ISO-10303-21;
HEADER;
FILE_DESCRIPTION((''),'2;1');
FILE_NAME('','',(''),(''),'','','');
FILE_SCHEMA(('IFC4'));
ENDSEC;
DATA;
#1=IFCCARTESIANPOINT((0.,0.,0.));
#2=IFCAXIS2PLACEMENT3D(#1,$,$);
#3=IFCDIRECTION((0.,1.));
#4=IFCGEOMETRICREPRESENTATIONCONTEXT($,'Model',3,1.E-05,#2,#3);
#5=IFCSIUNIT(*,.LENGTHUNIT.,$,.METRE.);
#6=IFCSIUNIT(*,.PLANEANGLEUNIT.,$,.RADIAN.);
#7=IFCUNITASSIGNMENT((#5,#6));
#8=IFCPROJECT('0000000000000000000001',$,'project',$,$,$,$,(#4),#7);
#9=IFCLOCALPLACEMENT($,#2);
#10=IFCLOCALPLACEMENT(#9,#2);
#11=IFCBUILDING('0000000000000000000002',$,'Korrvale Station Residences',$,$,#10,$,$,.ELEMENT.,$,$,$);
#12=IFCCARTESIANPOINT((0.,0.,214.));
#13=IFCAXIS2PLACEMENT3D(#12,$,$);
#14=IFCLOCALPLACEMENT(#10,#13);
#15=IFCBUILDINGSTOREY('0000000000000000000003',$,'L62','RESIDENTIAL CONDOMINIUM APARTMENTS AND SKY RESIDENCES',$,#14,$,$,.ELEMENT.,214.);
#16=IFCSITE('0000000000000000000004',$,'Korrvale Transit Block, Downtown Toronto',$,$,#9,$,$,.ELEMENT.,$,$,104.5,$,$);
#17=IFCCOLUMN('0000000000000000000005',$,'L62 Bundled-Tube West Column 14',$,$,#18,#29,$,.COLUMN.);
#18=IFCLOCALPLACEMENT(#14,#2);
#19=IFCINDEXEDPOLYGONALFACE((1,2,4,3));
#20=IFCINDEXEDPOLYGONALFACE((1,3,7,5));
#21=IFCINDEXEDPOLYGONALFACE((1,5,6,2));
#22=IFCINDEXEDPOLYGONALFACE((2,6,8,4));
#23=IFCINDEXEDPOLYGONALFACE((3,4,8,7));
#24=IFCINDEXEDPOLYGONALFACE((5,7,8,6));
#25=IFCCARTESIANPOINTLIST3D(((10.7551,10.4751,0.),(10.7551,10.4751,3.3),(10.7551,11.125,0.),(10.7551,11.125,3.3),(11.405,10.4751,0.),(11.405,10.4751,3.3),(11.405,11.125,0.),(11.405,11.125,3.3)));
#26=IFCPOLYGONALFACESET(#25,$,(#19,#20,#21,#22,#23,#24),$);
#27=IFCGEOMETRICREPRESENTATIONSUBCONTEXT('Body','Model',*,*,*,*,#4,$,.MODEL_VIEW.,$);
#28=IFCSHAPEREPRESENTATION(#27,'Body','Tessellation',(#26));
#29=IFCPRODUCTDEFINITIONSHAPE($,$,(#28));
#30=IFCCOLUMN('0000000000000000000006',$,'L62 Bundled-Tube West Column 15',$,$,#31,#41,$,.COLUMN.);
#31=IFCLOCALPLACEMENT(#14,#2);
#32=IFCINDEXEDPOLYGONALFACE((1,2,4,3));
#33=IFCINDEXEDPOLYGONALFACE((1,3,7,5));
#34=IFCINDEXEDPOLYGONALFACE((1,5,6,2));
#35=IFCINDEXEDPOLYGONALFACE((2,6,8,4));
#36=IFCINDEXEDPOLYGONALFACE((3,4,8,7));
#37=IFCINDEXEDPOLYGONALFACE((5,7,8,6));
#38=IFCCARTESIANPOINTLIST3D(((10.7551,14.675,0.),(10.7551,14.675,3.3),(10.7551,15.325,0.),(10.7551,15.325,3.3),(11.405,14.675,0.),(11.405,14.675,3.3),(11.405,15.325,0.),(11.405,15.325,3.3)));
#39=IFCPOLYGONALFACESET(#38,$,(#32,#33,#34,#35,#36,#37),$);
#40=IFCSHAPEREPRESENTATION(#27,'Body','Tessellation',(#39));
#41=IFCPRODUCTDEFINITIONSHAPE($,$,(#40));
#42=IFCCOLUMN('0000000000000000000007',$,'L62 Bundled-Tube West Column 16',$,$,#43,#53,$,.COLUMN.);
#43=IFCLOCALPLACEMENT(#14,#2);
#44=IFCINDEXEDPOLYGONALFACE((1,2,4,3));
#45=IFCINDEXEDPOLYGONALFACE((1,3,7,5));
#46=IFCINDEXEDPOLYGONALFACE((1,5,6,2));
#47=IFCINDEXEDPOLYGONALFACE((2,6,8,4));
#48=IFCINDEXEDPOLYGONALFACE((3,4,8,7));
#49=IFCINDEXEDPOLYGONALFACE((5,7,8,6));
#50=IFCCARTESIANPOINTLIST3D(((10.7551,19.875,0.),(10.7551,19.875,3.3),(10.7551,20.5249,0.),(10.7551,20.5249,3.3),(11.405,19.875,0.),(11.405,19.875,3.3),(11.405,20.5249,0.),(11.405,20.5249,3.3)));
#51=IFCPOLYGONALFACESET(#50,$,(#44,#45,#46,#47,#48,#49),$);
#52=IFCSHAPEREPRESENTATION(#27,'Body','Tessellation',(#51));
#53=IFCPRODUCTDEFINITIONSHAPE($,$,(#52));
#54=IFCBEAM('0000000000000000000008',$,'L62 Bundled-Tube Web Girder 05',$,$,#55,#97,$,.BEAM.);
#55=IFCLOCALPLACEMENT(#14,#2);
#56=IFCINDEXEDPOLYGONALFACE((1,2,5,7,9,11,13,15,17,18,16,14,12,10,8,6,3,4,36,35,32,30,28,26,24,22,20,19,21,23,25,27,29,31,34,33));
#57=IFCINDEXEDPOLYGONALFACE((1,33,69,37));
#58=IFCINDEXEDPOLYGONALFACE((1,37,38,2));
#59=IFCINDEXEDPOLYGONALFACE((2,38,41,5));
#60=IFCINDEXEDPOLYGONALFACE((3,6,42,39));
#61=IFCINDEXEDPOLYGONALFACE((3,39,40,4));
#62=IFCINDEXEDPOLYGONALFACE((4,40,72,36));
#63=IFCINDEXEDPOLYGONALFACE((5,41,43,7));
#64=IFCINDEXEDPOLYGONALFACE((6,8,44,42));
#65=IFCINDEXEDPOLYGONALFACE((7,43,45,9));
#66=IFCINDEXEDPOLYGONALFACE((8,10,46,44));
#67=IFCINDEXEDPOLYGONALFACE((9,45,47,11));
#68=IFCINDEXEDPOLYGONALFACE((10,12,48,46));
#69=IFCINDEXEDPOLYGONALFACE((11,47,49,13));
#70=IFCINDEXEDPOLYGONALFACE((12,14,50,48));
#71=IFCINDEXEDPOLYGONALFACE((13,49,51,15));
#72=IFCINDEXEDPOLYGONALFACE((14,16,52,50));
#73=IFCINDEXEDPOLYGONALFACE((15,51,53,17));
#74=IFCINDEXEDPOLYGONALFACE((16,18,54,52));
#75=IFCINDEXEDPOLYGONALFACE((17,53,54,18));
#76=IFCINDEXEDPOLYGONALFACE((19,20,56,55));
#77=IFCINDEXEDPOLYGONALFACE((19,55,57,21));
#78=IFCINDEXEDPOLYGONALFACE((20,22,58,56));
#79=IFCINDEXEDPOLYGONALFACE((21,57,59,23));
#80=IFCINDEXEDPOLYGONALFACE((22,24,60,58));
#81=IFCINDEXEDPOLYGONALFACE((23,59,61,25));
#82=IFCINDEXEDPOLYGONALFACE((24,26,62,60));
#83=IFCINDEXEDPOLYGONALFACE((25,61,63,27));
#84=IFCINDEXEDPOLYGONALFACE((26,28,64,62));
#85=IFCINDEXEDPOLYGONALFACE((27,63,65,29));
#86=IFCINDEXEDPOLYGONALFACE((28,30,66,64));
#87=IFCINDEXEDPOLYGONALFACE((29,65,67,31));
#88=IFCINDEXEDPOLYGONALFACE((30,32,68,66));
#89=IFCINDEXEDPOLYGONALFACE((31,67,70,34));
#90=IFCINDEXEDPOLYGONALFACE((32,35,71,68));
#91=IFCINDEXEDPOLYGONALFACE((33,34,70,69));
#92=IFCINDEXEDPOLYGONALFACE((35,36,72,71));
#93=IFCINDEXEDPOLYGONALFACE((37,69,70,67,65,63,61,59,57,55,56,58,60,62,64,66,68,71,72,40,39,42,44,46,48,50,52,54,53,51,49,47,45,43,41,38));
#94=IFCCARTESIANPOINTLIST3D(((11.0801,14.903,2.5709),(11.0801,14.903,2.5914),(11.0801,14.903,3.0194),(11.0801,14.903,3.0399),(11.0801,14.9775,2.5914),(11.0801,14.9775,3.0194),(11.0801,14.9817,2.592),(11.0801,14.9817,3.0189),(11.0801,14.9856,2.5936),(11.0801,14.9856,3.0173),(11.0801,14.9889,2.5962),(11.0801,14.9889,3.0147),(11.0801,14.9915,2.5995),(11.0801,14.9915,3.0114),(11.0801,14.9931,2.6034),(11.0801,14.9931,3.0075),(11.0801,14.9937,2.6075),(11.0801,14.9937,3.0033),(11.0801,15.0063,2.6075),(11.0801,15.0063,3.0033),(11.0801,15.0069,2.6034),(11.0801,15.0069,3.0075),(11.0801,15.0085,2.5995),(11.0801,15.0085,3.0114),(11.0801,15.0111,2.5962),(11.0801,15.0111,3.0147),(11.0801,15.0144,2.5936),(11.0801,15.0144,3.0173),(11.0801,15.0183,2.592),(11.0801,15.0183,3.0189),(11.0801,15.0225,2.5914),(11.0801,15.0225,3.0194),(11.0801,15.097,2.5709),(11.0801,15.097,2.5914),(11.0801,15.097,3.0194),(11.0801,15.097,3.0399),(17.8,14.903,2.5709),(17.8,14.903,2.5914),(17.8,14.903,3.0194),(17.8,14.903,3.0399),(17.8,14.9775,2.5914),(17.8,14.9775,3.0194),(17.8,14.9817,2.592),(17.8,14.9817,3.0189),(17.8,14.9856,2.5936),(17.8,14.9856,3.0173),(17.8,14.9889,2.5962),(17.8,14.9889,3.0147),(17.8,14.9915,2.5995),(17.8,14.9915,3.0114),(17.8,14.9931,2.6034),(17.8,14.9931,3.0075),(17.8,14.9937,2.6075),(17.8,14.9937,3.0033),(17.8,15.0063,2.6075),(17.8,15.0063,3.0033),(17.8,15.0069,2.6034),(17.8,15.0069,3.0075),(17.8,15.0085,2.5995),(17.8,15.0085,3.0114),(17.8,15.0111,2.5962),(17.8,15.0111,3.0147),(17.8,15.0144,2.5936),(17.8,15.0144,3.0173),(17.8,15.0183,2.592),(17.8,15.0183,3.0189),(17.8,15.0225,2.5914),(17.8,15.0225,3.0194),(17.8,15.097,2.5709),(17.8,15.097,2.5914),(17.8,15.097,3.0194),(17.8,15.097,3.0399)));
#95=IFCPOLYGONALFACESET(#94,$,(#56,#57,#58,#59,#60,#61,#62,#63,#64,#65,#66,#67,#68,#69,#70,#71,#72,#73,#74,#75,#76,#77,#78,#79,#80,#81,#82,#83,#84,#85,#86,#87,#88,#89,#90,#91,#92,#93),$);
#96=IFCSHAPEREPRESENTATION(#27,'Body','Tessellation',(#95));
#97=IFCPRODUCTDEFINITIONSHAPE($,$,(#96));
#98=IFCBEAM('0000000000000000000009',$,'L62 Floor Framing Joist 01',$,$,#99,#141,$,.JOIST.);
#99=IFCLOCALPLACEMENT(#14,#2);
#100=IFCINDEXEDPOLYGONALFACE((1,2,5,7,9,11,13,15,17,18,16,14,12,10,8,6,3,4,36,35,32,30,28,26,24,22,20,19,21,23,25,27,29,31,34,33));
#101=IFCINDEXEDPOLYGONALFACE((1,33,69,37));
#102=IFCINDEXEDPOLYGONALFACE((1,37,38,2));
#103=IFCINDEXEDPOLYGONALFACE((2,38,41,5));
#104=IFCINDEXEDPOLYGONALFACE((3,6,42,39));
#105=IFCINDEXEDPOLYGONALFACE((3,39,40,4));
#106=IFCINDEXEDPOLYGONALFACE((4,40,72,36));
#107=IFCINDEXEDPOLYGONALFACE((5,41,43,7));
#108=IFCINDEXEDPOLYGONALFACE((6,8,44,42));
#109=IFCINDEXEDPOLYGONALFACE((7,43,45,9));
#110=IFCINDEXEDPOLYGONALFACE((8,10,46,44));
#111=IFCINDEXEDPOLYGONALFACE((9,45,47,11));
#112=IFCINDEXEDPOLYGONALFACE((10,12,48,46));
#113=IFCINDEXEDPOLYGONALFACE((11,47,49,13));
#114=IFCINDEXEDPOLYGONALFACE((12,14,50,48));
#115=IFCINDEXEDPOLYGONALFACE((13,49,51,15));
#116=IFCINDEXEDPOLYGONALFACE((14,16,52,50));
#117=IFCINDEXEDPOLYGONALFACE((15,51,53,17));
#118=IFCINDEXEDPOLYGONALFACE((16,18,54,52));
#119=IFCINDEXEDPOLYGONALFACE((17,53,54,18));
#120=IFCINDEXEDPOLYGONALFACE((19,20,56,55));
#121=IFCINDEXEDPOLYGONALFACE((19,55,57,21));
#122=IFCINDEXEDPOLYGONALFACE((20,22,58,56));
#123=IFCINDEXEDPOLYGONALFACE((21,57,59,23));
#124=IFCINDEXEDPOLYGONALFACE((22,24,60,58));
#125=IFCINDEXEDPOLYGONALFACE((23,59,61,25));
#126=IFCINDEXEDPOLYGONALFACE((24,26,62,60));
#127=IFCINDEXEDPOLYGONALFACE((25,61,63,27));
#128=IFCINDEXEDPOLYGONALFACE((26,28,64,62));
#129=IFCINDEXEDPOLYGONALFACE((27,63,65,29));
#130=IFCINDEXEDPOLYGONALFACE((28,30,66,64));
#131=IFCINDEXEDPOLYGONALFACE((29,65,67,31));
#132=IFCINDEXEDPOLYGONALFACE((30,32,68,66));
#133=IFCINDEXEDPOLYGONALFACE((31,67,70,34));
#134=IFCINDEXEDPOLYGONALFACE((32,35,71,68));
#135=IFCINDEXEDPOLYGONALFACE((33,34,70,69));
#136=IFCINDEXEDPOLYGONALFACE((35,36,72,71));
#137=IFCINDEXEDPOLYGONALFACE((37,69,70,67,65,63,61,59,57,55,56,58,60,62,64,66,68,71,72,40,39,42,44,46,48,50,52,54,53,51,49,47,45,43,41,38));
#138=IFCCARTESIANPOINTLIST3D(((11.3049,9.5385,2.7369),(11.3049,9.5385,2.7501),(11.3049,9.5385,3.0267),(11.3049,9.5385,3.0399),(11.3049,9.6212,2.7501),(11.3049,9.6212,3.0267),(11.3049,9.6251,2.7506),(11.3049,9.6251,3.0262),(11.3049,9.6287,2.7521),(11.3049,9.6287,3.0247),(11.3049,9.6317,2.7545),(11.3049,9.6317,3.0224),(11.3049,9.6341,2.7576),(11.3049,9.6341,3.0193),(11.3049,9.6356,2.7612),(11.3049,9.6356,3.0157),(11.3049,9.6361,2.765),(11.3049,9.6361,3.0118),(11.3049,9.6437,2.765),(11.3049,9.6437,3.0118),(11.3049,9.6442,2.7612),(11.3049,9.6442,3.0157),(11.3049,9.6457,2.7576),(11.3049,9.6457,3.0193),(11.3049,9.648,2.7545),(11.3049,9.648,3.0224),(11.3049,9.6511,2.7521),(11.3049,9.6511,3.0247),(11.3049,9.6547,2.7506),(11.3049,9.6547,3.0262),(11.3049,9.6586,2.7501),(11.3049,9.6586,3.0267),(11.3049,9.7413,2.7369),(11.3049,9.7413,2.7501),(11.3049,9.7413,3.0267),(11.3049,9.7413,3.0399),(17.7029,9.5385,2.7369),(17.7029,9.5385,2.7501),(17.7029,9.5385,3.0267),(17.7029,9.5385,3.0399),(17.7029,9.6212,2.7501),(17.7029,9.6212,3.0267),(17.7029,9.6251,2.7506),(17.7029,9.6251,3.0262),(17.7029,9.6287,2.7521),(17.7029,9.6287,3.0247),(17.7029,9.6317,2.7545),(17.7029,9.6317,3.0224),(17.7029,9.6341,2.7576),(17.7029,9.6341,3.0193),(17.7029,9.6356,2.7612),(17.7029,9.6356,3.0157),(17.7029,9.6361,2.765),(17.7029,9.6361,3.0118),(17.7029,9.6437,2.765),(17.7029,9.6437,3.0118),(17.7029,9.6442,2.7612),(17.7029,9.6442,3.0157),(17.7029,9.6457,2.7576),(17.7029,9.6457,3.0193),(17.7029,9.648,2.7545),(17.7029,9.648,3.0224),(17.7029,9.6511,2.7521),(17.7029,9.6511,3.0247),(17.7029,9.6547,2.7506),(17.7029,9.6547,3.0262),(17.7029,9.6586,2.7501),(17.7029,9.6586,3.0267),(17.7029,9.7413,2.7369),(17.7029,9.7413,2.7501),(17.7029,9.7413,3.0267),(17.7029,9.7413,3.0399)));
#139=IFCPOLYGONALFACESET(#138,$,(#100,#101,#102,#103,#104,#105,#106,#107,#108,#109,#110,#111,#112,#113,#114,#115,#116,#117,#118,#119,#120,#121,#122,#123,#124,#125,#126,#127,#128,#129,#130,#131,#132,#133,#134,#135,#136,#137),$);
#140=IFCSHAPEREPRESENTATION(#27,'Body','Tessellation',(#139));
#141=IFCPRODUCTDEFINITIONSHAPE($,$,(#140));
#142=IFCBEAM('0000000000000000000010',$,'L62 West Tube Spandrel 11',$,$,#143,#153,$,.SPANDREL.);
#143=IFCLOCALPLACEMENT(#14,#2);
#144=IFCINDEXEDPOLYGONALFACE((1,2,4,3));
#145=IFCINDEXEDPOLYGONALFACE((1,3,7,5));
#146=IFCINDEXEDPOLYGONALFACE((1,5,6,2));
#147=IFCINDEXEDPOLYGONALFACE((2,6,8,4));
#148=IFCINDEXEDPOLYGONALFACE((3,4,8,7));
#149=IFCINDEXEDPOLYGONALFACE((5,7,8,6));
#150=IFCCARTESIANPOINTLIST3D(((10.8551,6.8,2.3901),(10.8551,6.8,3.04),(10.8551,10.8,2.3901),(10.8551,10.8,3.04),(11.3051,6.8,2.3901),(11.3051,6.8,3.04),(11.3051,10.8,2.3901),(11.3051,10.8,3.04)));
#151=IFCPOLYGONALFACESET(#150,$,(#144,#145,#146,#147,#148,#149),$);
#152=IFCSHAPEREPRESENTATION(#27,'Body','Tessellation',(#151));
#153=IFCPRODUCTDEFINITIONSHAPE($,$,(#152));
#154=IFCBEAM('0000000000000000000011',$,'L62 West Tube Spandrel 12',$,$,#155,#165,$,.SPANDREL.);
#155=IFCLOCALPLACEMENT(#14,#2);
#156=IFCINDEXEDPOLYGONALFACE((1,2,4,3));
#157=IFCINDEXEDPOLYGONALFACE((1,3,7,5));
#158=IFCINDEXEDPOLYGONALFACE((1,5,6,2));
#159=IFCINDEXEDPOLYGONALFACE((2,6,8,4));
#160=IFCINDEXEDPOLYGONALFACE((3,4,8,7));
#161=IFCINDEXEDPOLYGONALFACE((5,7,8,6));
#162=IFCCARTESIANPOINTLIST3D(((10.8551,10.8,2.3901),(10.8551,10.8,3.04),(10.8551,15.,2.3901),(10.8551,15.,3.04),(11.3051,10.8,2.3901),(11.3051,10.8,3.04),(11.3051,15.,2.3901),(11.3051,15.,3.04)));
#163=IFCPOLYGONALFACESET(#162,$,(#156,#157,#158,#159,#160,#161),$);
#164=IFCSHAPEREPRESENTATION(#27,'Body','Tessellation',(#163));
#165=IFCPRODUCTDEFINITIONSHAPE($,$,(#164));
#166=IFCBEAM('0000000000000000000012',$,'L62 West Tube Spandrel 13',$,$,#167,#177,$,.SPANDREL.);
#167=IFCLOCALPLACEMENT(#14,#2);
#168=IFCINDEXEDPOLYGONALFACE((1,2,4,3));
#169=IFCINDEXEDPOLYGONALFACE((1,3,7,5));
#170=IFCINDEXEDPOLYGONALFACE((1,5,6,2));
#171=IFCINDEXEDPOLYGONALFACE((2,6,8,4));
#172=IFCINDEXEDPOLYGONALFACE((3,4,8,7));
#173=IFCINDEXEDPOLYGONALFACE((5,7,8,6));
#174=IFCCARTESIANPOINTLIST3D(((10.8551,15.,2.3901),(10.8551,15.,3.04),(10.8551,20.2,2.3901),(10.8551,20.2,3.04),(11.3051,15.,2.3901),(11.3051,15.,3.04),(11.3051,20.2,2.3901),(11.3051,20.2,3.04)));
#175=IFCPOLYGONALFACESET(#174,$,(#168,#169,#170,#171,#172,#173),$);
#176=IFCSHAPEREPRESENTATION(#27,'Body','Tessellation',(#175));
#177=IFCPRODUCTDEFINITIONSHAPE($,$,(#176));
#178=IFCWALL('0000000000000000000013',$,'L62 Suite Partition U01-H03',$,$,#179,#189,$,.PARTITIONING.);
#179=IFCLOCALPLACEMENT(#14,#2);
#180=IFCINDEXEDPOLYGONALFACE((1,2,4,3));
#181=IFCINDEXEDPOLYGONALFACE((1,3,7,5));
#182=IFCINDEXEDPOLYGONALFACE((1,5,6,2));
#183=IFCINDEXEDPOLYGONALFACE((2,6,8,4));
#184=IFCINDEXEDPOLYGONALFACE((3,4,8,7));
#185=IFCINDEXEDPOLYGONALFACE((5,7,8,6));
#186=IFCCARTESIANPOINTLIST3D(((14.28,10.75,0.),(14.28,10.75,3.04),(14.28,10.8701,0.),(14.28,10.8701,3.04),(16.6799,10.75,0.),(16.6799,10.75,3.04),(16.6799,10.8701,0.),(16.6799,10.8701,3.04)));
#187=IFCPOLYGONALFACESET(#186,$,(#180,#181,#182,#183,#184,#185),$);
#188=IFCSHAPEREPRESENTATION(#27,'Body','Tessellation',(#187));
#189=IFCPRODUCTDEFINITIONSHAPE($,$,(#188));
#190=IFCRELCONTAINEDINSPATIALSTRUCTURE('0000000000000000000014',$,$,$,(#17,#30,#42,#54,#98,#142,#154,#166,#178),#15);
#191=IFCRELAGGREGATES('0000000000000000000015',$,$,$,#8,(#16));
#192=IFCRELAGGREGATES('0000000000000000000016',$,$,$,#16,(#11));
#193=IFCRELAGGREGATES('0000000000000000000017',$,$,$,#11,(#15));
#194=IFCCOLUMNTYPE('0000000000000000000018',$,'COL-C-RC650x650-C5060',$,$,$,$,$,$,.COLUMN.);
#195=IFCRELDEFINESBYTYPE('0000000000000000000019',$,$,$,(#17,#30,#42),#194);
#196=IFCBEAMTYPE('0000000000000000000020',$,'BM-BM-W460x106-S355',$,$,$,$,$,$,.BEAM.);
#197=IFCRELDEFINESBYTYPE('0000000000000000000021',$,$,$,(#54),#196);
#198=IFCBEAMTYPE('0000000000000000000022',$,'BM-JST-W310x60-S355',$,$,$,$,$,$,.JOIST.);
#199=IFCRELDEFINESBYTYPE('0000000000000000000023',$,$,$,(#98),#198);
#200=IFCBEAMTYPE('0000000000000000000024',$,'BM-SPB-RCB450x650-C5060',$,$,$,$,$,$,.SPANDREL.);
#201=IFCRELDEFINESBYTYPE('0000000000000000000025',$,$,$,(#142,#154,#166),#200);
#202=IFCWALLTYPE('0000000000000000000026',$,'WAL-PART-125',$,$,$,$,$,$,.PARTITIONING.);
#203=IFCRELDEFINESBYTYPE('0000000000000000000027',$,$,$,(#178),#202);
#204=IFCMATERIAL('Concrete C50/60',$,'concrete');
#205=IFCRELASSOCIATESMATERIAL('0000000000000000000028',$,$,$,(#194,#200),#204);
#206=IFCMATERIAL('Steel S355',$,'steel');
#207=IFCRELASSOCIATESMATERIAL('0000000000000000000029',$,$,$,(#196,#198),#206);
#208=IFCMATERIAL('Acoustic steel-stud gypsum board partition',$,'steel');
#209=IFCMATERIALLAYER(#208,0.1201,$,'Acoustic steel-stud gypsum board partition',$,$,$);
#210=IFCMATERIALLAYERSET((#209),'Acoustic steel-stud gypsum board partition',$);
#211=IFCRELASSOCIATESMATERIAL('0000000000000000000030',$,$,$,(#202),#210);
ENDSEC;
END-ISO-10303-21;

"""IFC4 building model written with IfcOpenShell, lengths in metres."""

from ifc_helpers import new_model, si_unit, direction, frame, frame_2d, origin, origin_2d, place, context, subcontext, project, spatial, rectangle, i_section, extrude, material, layer, layer_set, material_profile, profile_set, type_object, element, save


model = new_model("IFC4")

# Units and contexts
model_context = context("Model", 3, precision=1e-05, world=origin(), true_north=direction((0.0, 1.0)))
body_context = subcontext(model_context, "Body", "Model", "MODEL_VIEW")
ifc_project = project(units=[si_unit("LENGTHUNIT", "METRE"), si_unit("PLANEANGLEUNIT", "RADIAN")], contexts=[model_context])

# Site, building, storey
site_placement = place(None, origin())
site = spatial("IfcSite", under=ifc_project, at=site_placement, Name="Korrvale Transit Block, Downtown Toronto", CompositionType="ELEMENT", RefElevation=104.5)
building_placement = place(site_placement, origin())
building = spatial("IfcBuilding", under=site, at=building_placement, Name="Korrvale Station Residences", CompositionType="ELEMENT")
storey_placement = place(building_placement, frame((0.0, 0.0, 214.0)))
storey = spatial("IfcBuildingStorey", under=building, at=storey_placement, Name="L62", Description="RESIDENTIAL CONDOMINIUM APARTMENTS AND SKY RESIDENCES", CompositionType="ELEMENT", Elevation=214.0)

# Columns
ifc_material_1 = material(Name="Concrete C50/60", Category="concrete")
ifc_material_profile_1 = material_profile(ifc_material_1, rectangle(XDim=0.6499, YDim=0.6499, at=origin_2d()), Name="RC650x650")
ifc_profile_set_1 = profile_set([ifc_material_profile_1], Name="Concrete C50/60")
column_type = type_object("IfcColumnType", Name="COL-C-RC650x650-C5060", PredefinedType="COLUMN", material=ifc_profile_set_1)
for number, where, z_axis, x_axis, name in (
    (1, (11.0801, 10.8, 0.0), (0.0, 0.0, 1.0), (1.0, 0.0, 0.0), "L62 Bundled-Tube West Column 14"),
    (2, (11.0801, 15.0, 0.0), (0.0, 0.0, 1.0), (1.0, 0.0, 0.0), "L62 Bundled-Tube West Column 15"),
    (3, (11.0801, 20.2, 0.0), (0.0, 0.0, 1.0), (1.0, 0.0, 0.0), "L62 Bundled-Tube West Column 16"),
):
    element("IfcColumn", number, at=place(storey_placement, frame(where, z_axis=z_axis, x_axis=x_axis)), inside=storey, type_object=column_type, Name=name, PredefinedType="COLUMN", context=body_context, shape_type="SweptSolid", body=[
        extrude(rectangle(XDim=0.6499, YDim=0.6499, at=origin_2d()), origin(), (0.0, 0.0, 1.0), 3.3),
    ])

# Beams
ifc_material_2 = material(Name="Steel S355", Category="steel")
ifc_material_profile_2 = material_profile(ifc_material_2, i_section(OverallWidth=0.1941, OverallDepth=0.469, WebThickness=0.0127, FlangeThickness=0.0205, FilletRadius=0.0161, at=origin_2d()), Name="W460x106")
ifc_profile_set_2 = profile_set([ifc_material_profile_2], Name="Steel S355")
beam_type_1 = type_object("IfcBeamType", Name="BM-BM-W460x106-S355", PredefinedType="BEAM", material=ifc_profile_set_2)
beam_1_placement = place(storey_placement, frame((11.0801, 15.0, 2.8054), z_axis=(1.0, 0.0, 0.0), x_axis=(0.0, 1.0, 0.0)))
element("IfcBeam", 4, at=beam_1_placement, inside=storey, type_object=beam_type_1, Name="L62 Bundled-Tube Web Girder 05", PredefinedType="BEAM", context=body_context, shape_type="SweptSolid", body=[
    extrude(i_section(OverallWidth=0.1941, OverallDepth=0.469, WebThickness=0.0127, FlangeThickness=0.0205, FilletRadius=0.0161, at=origin_2d()), origin(), (0.0, 0.0, 1.0), 6.72),
])
ifc_material_profile_3 = material_profile(ifc_material_2, i_section(OverallWidth=0.2029, OverallDepth=0.303, WebThickness=0.0076, FlangeThickness=0.0132, FilletRadius=0.0149, at=origin_2d()), Name="W310x60")
ifc_profile_set_3 = profile_set([ifc_material_profile_3], Name="Steel S355")
beam_type_2 = type_object("IfcBeamType", Name="BM-JST-W310x60-S355", PredefinedType="JOIST", material=ifc_profile_set_3)
beam_2_placement = place(storey_placement, frame((11.3049, 9.6399, 2.8884), z_axis=(1.0, 0.0, 0.0), x_axis=(0.0, 1.0, 0.0)))
element("IfcBeam", 5, at=beam_2_placement, inside=storey, type_object=beam_type_2, Name="L62 Floor Framing Joist 01", PredefinedType="JOIST", context=body_context, shape_type="SweptSolid", body=[
    extrude(i_section(OverallWidth=0.2029, OverallDepth=0.303, WebThickness=0.0076, FlangeThickness=0.0132, FilletRadius=0.0149, at=origin_2d()), origin(), (0.0, 0.0, 1.0), 6.3979),
])
ifc_material_profile_4 = material_profile(ifc_material_1, rectangle(XDim=0.45, YDim=0.6499, at=origin_2d()), Name="RCB450x650")
ifc_profile_set_4 = profile_set([ifc_material_profile_4], Name="Concrete C50/60")
beam_type_3 = type_object("IfcBeamType", Name="BM-SPB-RCB450x650-C5060", PredefinedType="SPANDREL", material=ifc_profile_set_4)
beam_3_placement = place(storey_placement, frame((11.0801, 6.8, 2.7151), z_axis=(0.0, 1.0, 0.0), x_axis=(-1.0, 0.0, 0.0)))
element("IfcBeam", 6, at=beam_3_placement, inside=storey, type_object=beam_type_3, Name="L62 West Tube Spandrel 11", PredefinedType="SPANDREL", context=body_context, shape_type="SweptSolid", body=[
    extrude(rectangle(XDim=0.45, YDim=0.6499, at=origin_2d()), origin(), (0.0, 0.0, 1.0), 4.0),
])
beam_4_placement = place(storey_placement, frame((11.0801, 10.8, 2.7151), z_axis=(0.0, 1.0, 0.0), x_axis=(-1.0, 0.0, 0.0)))
element("IfcBeam", 7, at=beam_4_placement, inside=storey, type_object=beam_type_3, Name="L62 West Tube Spandrel 12", PredefinedType="SPANDREL", context=body_context, shape_type="SweptSolid", body=[
    extrude(rectangle(XDim=0.45, YDim=0.6499, at=origin_2d()), origin(), (0.0, 0.0, 1.0), 4.2),
])
beam_5_placement = place(storey_placement, frame((11.0801, 15.0, 2.7151), z_axis=(0.0, 1.0, 0.0), x_axis=(-1.0, 0.0, 0.0)))
element("IfcBeam", 8, at=beam_5_placement, inside=storey, type_object=beam_type_3, Name="L62 West Tube Spandrel 13", PredefinedType="SPANDREL", context=body_context, shape_type="SweptSolid", body=[
    extrude(rectangle(XDim=0.45, YDim=0.6499, at=origin_2d()), origin(), (0.0, 0.0, 1.0), 5.2),
])

# Wall
ifc_material_3 = material(Name="Acoustic steel-stud gypsum board partition", Category="steel")
ifc_layer_1 = layer(ifc_material_3, 0.1201, Name="Acoustic steel-stud gypsum board partition")
ifc_layer_set_1 = layer_set([ifc_layer_1], Name="Acoustic steel-stud gypsum board partition")
wall_type_1 = type_object("IfcWallType", Name="WAL-PART-125", PredefinedType="PARTITIONING", material=ifc_layer_set_1)
wall_1_placement = place(storey_placement, frame((14.28, 10.8101, 0.0), z_axis=(0.0, 0.0, 1.0), x_axis=(1.0, 0.0, 0.0)))
element("IfcWall", 9, at=wall_1_placement, inside=storey, type_object=wall_type_1, Name="L62 Suite Partition U01-H03", PredefinedType="PARTITIONING", context=body_context, shape_type="SweptSolid", body=[
    extrude(rectangle(XDim=2.3999, YDim=0.1201, at=frame_2d((1.2, 0.0))), origin(), (0.0, 0.0, 1.0), 3.04),
])

save(model, "model.ifc")
